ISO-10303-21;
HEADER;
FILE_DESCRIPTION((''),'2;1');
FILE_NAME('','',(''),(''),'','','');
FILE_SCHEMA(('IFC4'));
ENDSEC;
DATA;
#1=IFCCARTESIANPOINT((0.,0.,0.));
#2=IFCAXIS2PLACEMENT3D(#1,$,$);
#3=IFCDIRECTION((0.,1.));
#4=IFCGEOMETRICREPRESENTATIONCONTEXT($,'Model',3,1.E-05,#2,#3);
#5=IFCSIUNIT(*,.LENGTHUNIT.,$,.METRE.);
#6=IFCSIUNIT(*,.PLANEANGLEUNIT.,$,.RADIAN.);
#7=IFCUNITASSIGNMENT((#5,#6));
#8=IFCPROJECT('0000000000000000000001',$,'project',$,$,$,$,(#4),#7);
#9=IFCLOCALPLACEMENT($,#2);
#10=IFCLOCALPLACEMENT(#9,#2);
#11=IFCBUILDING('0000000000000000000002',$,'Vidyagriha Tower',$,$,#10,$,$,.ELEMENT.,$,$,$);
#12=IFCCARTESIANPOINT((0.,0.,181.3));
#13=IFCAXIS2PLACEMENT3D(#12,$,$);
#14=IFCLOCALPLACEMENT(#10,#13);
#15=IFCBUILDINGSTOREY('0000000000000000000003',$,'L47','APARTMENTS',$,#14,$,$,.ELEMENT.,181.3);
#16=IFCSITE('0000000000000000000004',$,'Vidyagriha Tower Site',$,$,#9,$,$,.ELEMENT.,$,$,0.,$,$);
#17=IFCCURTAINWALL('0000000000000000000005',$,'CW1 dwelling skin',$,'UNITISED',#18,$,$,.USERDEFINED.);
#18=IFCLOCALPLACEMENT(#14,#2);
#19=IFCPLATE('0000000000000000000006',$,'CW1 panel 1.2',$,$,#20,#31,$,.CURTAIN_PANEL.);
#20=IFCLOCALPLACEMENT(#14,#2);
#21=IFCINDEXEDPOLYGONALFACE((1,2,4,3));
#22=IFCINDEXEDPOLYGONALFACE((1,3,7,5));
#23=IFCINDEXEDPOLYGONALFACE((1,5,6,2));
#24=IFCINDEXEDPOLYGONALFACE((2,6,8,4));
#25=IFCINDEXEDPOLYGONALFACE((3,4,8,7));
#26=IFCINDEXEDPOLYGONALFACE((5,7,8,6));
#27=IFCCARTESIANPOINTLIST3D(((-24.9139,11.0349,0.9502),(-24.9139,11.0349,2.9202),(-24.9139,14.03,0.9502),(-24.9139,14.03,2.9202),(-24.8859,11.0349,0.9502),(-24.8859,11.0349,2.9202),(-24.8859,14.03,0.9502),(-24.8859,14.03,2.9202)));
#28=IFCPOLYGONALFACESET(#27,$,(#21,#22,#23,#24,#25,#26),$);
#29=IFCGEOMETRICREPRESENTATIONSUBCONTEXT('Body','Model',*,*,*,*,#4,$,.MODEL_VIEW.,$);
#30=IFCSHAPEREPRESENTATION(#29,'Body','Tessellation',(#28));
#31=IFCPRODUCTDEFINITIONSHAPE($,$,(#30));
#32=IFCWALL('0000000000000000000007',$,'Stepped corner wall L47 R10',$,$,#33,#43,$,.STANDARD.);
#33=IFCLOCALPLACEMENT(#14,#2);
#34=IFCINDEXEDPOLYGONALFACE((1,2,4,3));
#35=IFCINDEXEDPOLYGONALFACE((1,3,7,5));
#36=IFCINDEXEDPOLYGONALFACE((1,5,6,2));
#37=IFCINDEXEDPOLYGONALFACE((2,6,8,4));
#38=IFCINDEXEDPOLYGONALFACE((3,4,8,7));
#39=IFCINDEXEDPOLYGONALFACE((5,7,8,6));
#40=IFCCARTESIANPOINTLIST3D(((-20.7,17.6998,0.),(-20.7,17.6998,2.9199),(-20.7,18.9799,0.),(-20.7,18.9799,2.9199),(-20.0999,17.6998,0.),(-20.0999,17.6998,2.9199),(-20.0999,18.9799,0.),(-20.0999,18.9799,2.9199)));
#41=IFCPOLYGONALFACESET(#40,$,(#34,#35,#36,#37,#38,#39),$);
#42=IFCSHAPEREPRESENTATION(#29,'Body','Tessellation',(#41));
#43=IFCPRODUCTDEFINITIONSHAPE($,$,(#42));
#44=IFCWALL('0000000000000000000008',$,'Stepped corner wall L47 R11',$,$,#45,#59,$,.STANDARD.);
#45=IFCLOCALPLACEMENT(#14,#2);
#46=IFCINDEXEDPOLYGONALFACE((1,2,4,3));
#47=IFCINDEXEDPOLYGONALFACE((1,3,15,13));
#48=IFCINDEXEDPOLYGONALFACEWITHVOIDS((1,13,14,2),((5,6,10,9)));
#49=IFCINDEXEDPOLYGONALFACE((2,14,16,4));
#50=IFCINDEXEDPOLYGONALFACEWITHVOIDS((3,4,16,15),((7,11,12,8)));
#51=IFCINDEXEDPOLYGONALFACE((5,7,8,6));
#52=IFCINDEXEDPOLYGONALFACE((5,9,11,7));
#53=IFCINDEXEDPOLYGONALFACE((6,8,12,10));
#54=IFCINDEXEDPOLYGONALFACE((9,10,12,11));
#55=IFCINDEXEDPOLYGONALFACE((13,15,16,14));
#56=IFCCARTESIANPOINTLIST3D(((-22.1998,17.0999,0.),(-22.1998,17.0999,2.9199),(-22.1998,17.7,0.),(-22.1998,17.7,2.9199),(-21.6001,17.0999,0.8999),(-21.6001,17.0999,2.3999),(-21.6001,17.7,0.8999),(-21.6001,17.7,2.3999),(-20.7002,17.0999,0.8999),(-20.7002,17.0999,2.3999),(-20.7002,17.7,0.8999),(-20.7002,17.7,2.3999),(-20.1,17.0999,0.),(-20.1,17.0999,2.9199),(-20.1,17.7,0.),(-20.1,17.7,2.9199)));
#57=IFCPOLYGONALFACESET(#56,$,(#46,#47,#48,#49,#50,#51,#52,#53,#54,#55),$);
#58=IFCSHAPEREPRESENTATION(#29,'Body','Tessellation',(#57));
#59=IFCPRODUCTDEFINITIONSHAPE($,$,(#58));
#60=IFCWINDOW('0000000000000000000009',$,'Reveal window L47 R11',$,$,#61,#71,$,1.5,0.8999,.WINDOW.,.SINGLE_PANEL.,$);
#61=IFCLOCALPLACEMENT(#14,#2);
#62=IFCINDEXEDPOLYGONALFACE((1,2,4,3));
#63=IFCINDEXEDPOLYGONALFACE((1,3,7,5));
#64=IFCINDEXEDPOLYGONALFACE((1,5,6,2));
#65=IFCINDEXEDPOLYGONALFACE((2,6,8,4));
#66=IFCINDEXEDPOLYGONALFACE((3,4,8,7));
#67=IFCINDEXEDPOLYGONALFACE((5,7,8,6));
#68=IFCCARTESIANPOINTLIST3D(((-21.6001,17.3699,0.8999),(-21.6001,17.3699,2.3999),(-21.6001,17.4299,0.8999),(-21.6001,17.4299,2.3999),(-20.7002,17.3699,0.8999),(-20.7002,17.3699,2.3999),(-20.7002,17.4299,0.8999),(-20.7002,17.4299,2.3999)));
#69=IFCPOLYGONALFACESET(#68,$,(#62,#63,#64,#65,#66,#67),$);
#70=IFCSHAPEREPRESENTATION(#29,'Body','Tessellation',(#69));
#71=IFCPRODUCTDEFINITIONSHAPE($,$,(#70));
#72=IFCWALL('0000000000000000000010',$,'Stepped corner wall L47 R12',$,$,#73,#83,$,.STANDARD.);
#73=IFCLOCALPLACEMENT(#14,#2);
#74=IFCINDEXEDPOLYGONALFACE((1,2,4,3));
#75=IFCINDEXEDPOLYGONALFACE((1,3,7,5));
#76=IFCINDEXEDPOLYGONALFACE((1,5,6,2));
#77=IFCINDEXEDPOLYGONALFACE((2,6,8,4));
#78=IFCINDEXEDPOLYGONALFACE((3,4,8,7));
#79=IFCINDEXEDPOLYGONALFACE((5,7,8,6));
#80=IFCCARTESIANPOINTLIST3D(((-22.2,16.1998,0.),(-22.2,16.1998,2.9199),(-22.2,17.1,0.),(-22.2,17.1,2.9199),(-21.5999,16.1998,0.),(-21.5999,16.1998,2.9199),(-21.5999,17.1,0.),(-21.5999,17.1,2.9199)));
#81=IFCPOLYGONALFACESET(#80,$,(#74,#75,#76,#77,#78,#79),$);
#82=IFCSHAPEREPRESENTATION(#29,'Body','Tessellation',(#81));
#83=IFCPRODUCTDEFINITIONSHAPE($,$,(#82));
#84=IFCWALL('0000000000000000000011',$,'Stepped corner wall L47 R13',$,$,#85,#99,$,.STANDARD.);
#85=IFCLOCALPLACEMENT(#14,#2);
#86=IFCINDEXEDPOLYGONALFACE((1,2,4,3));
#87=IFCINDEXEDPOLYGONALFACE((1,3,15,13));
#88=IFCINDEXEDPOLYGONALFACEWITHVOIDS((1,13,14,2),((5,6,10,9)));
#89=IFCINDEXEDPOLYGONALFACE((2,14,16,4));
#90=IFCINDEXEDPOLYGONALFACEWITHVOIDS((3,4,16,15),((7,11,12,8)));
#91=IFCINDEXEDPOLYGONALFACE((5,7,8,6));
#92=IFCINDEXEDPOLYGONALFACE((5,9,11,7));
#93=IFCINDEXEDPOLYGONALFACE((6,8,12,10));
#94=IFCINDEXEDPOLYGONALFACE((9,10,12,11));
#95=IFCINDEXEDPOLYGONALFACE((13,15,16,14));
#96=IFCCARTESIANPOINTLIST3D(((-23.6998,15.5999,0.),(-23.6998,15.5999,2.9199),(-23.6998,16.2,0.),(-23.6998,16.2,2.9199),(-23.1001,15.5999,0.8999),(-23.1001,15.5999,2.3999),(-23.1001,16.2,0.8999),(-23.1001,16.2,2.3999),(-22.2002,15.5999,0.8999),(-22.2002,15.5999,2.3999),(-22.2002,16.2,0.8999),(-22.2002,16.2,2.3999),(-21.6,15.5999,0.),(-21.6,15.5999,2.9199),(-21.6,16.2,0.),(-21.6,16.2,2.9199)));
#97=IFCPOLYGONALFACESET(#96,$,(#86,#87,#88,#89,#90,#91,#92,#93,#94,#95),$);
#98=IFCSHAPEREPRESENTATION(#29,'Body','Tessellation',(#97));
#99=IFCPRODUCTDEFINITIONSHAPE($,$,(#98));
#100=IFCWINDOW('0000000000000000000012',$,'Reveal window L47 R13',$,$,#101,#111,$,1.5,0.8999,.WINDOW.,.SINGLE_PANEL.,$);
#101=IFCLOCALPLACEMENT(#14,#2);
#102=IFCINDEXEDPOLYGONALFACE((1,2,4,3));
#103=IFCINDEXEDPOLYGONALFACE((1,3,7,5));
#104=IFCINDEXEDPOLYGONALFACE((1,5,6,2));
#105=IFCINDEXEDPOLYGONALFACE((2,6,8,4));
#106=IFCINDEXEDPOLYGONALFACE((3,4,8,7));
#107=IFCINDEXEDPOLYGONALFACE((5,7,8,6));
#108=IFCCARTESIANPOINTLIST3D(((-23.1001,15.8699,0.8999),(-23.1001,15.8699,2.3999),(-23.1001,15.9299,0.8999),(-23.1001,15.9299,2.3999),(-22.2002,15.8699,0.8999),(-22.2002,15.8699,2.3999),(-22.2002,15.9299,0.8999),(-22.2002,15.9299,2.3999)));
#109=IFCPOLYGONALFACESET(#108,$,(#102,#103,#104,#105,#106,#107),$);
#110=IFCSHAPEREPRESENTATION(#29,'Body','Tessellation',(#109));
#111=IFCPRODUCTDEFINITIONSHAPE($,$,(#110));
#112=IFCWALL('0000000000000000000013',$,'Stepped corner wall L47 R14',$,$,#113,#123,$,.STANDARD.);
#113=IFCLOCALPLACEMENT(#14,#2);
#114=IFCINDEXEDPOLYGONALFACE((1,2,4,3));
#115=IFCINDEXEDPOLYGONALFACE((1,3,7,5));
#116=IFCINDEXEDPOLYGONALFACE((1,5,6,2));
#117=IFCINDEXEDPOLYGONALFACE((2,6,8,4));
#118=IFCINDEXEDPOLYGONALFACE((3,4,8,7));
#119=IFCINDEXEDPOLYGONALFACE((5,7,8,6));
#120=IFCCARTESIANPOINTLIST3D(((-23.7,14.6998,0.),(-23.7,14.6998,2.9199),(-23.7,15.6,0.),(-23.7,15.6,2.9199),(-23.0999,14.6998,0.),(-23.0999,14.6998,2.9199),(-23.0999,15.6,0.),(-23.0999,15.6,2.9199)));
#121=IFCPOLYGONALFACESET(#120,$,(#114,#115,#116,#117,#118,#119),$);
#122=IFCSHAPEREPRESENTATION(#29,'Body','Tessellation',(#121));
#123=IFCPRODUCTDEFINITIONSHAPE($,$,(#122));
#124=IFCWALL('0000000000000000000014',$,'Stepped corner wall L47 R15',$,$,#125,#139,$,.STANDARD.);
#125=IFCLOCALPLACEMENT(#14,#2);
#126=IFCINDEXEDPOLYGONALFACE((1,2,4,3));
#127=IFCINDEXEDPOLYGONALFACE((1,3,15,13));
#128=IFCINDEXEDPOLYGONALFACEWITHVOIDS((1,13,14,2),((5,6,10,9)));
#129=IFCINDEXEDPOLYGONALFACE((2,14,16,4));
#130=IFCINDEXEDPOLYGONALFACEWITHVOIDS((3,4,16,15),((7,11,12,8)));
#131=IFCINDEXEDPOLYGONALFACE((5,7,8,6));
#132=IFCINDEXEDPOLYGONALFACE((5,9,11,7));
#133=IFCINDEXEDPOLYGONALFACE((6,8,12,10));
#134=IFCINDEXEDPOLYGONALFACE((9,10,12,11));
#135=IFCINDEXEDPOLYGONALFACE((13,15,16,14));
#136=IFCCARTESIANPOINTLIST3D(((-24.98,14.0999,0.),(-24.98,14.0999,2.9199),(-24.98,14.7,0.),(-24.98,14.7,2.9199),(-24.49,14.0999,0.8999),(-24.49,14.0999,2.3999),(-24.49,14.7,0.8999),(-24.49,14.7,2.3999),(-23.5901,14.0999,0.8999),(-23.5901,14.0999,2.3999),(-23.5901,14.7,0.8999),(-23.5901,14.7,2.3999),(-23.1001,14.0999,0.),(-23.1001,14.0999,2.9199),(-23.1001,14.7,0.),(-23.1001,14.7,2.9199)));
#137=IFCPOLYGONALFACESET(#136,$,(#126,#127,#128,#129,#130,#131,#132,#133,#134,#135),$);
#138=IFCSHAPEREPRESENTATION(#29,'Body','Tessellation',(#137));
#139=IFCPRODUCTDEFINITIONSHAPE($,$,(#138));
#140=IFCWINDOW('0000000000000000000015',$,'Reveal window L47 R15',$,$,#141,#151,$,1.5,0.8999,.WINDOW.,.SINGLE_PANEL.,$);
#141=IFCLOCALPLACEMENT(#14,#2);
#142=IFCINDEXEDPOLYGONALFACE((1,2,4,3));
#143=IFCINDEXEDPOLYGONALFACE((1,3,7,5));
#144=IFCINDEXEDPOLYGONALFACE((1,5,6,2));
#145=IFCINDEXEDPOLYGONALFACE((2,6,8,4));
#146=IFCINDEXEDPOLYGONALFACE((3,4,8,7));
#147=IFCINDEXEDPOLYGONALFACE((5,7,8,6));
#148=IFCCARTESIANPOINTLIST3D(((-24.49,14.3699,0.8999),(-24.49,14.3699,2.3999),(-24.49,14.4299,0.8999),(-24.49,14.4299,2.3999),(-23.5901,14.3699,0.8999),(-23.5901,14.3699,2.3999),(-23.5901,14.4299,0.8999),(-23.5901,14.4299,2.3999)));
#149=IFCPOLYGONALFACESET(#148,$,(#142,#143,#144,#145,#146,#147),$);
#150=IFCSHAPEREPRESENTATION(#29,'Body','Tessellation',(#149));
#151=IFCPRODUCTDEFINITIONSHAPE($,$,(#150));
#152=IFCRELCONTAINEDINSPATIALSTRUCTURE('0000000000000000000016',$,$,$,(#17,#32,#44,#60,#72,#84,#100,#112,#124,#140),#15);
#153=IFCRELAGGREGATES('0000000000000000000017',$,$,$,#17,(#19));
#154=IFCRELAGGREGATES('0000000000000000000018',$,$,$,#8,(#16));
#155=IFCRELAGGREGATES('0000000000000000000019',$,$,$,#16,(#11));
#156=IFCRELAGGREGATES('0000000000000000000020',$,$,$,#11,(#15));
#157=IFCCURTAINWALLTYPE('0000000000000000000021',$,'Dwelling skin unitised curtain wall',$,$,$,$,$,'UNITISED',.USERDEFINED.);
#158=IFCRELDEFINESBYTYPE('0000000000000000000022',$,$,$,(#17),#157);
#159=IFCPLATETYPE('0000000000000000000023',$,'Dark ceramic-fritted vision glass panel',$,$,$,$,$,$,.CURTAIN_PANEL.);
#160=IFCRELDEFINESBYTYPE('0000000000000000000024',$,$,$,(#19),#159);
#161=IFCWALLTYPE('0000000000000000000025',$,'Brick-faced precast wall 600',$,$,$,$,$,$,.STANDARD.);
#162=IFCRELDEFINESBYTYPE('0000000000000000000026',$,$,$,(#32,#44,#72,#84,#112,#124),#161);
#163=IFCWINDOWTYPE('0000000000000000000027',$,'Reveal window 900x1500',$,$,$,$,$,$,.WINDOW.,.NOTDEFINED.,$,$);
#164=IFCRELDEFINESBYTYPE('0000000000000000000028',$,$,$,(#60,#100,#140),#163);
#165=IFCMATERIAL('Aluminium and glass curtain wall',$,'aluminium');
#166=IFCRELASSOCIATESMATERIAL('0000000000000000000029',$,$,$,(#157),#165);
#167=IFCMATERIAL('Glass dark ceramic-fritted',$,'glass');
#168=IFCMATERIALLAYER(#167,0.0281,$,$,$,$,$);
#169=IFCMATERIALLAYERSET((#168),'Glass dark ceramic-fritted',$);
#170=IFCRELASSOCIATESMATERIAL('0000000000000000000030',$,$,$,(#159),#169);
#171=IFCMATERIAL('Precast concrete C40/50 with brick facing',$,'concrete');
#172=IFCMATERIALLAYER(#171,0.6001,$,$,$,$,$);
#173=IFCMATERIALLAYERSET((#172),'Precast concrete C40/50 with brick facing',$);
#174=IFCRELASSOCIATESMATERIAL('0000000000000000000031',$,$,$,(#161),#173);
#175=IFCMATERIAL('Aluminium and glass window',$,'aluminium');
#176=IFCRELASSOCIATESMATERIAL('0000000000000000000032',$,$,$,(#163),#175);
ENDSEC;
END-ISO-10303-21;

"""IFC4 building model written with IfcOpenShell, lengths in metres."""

from ifc_helpers import new_model, si_unit, direction, frame, frame_2d, origin, origin_2d, place, context, subcontext, project, spatial, rectangle, extrude, material, layer, layer_set, type_object, element, fill, aggregate, save


model = new_model("IFC4")

# Units and contexts
model_context = context("Model", 3, precision=1e-05, world=origin(), true_north=direction((0.0, 1.0)))
body_context = subcontext(model_context, "Body", "Model", "MODEL_VIEW")
ifc_project = project(units=[si_unit("LENGTHUNIT", "METRE"), si_unit("PLANEANGLEUNIT", "RADIAN")], contexts=[model_context])

# Site, building, storey
site_placement = place(None, origin())
site = spatial("IfcSite", under=ifc_project, at=site_placement, Name="Vidyagriha Tower Site", CompositionType="ELEMENT", RefElevation=0.0)
building_placement = place(site_placement, origin())
building = spatial("IfcBuilding", under=site, at=building_placement, Name="Vidyagriha Tower", CompositionType="ELEMENT")
storey_placement = place(building_placement, frame((0.0, 0.0, 181.3)))
storey = spatial("IfcBuildingStorey", under=building, at=storey_placement, Name="L47", Description="APARTMENTS", CompositionType="ELEMENT", Elevation=181.3)

# Shared definitions
ifc_material_1 = material(Name="Aluminium and glass curtain wall", Category="aluminium")
curtain_wall_type = type_object("IfcCurtainWallType", Name="Dwelling skin unitised curtain wall", ElementType="UNITISED", PredefinedType="USERDEFINED", material=ifc_material_1)

# Curtain wall
curtain_wall_1_placement = place(storey_placement, origin())
curtain_wall_1 = element("IfcCurtainWall", 1, at=curtain_wall_1_placement, inside=storey, type_object=curtain_wall_type, Name="CW1 dwelling skin", ObjectType="UNITISED", PredefinedType="USERDEFINED")

# Plate
ifc_material_2 = material(Name="Glass dark ceramic-fritted", Category="glass")
ifc_layer_1 = layer(ifc_material_2, 0.0281)
ifc_layer_set_1 = layer_set([ifc_layer_1], Name="Glass dark ceramic-fritted")
plate_type_1 = type_object("IfcPlateType", Name="Dark ceramic-fritted vision glass panel", PredefinedType="CURTAIN_PANEL", material=ifc_layer_set_1)
plate_1_placement = place(storey_placement, frame((-24.8999, 12.5325, 0.9502), z_axis=(0.0, 0.0, 1.0), x_axis=(0.0, -1.0, 0.0)))
plate_1 = element("IfcPlate", 2, at=plate_1_placement, type_object=plate_type_1, Name="CW1 panel 1.2", PredefinedType="CURTAIN_PANEL", context=body_context, shape_type="SweptSolid", body=[
    extrude(rectangle(XDim=2.9951, YDim=0.0281, at=origin_2d()), origin(), (0.0, 0.0, 1.0), 1.97),
])
aggregate(curtain_wall_1, [plate_1])

# Wall
ifc_material_3 = material(Name="Precast concrete C40/50 with brick facing", Category="concrete")
ifc_layer_2 = layer(ifc_material_3, 0.6001)
ifc_layer_set_2 = layer_set([ifc_layer_2], Name="Precast concrete C40/50 with brick facing")
wall_type_1 = type_object("IfcWallType", Name="Brick-faced precast wall 600", PredefinedType="STANDARD", material=ifc_layer_set_2)
wall_1_placement = place(storey_placement, frame((-20.3999, 18.98, 0.0), z_axis=(0.0, 0.0, 1.0), x_axis=(0.0, -1.0, 0.0)))
element("IfcWall", 3, at=wall_1_placement, inside=storey, type_object=wall_type_1, Name="Stepped corner wall L47 R10", PredefinedType="STANDARD", context=body_context, shape_type="SweptSolid", body=[
    extrude(rectangle(XDim=1.28, YDim=0.6001, at=frame_2d((0.6401, 0.0))), origin(), (0.0, 0.0, 1.0), 2.9199),
])

# Wall, opening, window
wall_2_placement = place(storey_placement, frame((-20.1001, 17.3999, 0.0), z_axis=(0.0, 0.0, 1.0), x_axis=(-1.0, 0.0, 0.0)))
wall_2 = element("IfcWall", 4, at=wall_2_placement, inside=storey, type_object=wall_type_1, Name="Stepped corner wall L47 R11", PredefinedType="STANDARD", context=body_context, shape_type="SweptSolid", body=[
    extrude(rectangle(XDim=2.0999, YDim=0.6001, at=frame_2d((1.0498, 0.0))), origin(), (0.0, 0.0, 1.0), 2.9199),
])
opening_1_placement = place(wall_2_placement, frame((0.6001, 0.0, 0.8999)))
opening_1 = element("IfcOpeningElement", 5, at=opening_1_placement, cuts=wall_2, PredefinedType="OPENING", context=body_context, shape_type="SweptSolid", body=[
    extrude(rectangle(XDim=0.8999, YDim=1.5, at=frame_2d((0.45, 0.75))), frame((0.0, 0.3101, 0.0), z_axis=(0.0, -1.0, 0.0), x_axis=(1.0, 0.0, 0.0)), (0.0, 0.0, 1.0), 0.6201),
])
ifc_material_4 = material(Name="Aluminium and glass window", Category="aluminium")
window_type = type_object("IfcWindowType", Name="Reveal window 900x1500", PartitioningType="NOTDEFINED", PredefinedType="WINDOW", material=ifc_material_4)
window_1_placement = place(opening_1_placement, origin())
window_1 = element("IfcWindow", 6, at=window_1_placement, inside=storey, type_object=window_type, Name="Reveal window L47 R11", OverallHeight=1.5, OverallWidth=0.8999, PartitioningType="SINGLE_PANEL", PredefinedType="WINDOW", context=body_context, shape_type="SweptSolid", body=[
    extrude(rectangle(XDim=0.8999, YDim=1.5, at=frame_2d((0.45, 0.75))), frame((0.0, 0.03, 0.0), z_axis=(0.0, -1.0, 0.0), x_axis=(1.0, 0.0, 0.0)), (0.0, 0.0, 1.0), 0.0601),
])
fill(opening_1, window_1)

# Wall
wall_3_placement = place(storey_placement, frame((-21.8999, 17.1001, 0.0), z_axis=(0.0, 0.0, 1.0), x_axis=(0.0, -1.0, 0.0)))
element("IfcWall", 7, at=wall_3_placement, inside=storey, type_object=wall_type_1, Name="Stepped corner wall L47 R12", PredefinedType="STANDARD", context=body_context, shape_type="SweptSolid", body=[
    extrude(rectangle(XDim=0.9001, YDim=0.6001, at=frame_2d((0.4502, 0.0))), origin(), (0.0, 0.0, 1.0), 2.9199),
])

# Wall, opening, window
wall_4_placement = place(storey_placement, frame((-21.6001, 15.8999, 0.0), z_axis=(0.0, 0.0, 1.0), x_axis=(-1.0, 0.0, 0.0)))
wall_4 = element("IfcWall", 8, at=wall_4_placement, inside=storey, type_object=wall_type_1, Name="Stepped corner wall L47 R13", PredefinedType="STANDARD", context=body_context, shape_type="SweptSolid", body=[
    extrude(rectangle(XDim=2.0999, YDim=0.6001, at=frame_2d((1.0498, 0.0))), origin(), (0.0, 0.0, 1.0), 2.9199),
])
opening_2_placement = place(wall_4_placement, frame((0.6001, 0.0, 0.8999)))
opening_2 = element("IfcOpeningElement", 9, at=opening_2_placement, cuts=wall_4, PredefinedType="OPENING", context=body_context, shape_type="SweptSolid", body=[
    extrude(rectangle(XDim=0.8999, YDim=1.5, at=frame_2d((0.45, 0.75))), frame((0.0, 0.3101, 0.0), z_axis=(0.0, -1.0, 0.0), x_axis=(1.0, 0.0, 0.0)), (0.0, 0.0, 1.0), 0.6201),
])
window_2_placement = place(opening_2_placement, origin())
window_2 = element("IfcWindow", 10, at=window_2_placement, inside=storey, type_object=window_type, Name="Reveal window L47 R13", OverallHeight=1.5, OverallWidth=0.8999, PartitioningType="SINGLE_PANEL", PredefinedType="WINDOW", context=body_context, shape_type="SweptSolid", body=[
    extrude(rectangle(XDim=0.8999, YDim=1.5, at=frame_2d((0.45, 0.75))), frame((0.0, 0.03, 0.0), z_axis=(0.0, -1.0, 0.0), x_axis=(1.0, 0.0, 0.0)), (0.0, 0.0, 1.0), 0.0601),
])
fill(opening_2, window_2)

# Wall
wall_5_placement = place(storey_placement, frame((-23.3999, 15.6001, 0.0), z_axis=(0.0, 0.0, 1.0), x_axis=(0.0, -1.0, 0.0)))
element("IfcWall", 11, at=wall_5_placement, inside=storey, type_object=wall_type_1, Name="Stepped corner wall L47 R14", PredefinedType="STANDARD", context=body_context, shape_type="SweptSolid", body=[
    extrude(rectangle(XDim=0.9001, YDim=0.6001, at=frame_2d((0.4502, 0.0))), origin(), (0.0, 0.0, 1.0), 2.9199),
])

# Wall, opening, window
wall_6_placement = place(storey_placement, frame((-23.1001, 14.3999, 0.0), z_axis=(0.0, 0.0, 1.0), x_axis=(-1.0, 0.0, 0.0)))
wall_6 = element("IfcWall", 12, at=wall_6_placement, inside=storey, type_object=wall_type_1, Name="Stepped corner wall L47 R15", PredefinedType="STANDARD", context=body_context, shape_type="SweptSolid", body=[
    extrude(rectangle(XDim=1.8799, YDim=0.6001, at=frame_2d((0.9399, 0.0))), origin(), (0.0, 0.0, 1.0), 2.9199),
])
opening_3_placement = place(wall_6_placement, frame((0.49, 0.0, 0.8999)))
opening_3 = element("IfcOpeningElement", 13, at=opening_3_placement, cuts=wall_6, PredefinedType="OPENING", context=body_context, shape_type="SweptSolid", body=[
    extrude(rectangle(XDim=0.8999, YDim=1.5, at=frame_2d((0.45, 0.75))), frame((0.0, 0.3101, 0.0), z_axis=(0.0, -1.0, 0.0), x_axis=(1.0, 0.0, 0.0)), (0.0, 0.0, 1.0), 0.6201),
])
window_3_placement = place(opening_3_placement, origin())
window_3 = element("IfcWindow", 14, at=window_3_placement, inside=storey, type_object=window_type, Name="Reveal window L47 R15", OverallHeight=1.5, OverallWidth=0.8999, PartitioningType="SINGLE_PANEL", PredefinedType="WINDOW", context=body_context, shape_type="SweptSolid", body=[
    extrude(rectangle(XDim=0.8999, YDim=1.5, at=frame_2d((0.45, 0.75))), frame((0.0, 0.03, 0.0), z_axis=(0.0, -1.0, 0.0), x_axis=(1.0, 0.0, 0.0)), (0.0, 0.0, 1.0), 0.0601),
])
fill(opening_3, window_3)

save(model, "model.ifc")
